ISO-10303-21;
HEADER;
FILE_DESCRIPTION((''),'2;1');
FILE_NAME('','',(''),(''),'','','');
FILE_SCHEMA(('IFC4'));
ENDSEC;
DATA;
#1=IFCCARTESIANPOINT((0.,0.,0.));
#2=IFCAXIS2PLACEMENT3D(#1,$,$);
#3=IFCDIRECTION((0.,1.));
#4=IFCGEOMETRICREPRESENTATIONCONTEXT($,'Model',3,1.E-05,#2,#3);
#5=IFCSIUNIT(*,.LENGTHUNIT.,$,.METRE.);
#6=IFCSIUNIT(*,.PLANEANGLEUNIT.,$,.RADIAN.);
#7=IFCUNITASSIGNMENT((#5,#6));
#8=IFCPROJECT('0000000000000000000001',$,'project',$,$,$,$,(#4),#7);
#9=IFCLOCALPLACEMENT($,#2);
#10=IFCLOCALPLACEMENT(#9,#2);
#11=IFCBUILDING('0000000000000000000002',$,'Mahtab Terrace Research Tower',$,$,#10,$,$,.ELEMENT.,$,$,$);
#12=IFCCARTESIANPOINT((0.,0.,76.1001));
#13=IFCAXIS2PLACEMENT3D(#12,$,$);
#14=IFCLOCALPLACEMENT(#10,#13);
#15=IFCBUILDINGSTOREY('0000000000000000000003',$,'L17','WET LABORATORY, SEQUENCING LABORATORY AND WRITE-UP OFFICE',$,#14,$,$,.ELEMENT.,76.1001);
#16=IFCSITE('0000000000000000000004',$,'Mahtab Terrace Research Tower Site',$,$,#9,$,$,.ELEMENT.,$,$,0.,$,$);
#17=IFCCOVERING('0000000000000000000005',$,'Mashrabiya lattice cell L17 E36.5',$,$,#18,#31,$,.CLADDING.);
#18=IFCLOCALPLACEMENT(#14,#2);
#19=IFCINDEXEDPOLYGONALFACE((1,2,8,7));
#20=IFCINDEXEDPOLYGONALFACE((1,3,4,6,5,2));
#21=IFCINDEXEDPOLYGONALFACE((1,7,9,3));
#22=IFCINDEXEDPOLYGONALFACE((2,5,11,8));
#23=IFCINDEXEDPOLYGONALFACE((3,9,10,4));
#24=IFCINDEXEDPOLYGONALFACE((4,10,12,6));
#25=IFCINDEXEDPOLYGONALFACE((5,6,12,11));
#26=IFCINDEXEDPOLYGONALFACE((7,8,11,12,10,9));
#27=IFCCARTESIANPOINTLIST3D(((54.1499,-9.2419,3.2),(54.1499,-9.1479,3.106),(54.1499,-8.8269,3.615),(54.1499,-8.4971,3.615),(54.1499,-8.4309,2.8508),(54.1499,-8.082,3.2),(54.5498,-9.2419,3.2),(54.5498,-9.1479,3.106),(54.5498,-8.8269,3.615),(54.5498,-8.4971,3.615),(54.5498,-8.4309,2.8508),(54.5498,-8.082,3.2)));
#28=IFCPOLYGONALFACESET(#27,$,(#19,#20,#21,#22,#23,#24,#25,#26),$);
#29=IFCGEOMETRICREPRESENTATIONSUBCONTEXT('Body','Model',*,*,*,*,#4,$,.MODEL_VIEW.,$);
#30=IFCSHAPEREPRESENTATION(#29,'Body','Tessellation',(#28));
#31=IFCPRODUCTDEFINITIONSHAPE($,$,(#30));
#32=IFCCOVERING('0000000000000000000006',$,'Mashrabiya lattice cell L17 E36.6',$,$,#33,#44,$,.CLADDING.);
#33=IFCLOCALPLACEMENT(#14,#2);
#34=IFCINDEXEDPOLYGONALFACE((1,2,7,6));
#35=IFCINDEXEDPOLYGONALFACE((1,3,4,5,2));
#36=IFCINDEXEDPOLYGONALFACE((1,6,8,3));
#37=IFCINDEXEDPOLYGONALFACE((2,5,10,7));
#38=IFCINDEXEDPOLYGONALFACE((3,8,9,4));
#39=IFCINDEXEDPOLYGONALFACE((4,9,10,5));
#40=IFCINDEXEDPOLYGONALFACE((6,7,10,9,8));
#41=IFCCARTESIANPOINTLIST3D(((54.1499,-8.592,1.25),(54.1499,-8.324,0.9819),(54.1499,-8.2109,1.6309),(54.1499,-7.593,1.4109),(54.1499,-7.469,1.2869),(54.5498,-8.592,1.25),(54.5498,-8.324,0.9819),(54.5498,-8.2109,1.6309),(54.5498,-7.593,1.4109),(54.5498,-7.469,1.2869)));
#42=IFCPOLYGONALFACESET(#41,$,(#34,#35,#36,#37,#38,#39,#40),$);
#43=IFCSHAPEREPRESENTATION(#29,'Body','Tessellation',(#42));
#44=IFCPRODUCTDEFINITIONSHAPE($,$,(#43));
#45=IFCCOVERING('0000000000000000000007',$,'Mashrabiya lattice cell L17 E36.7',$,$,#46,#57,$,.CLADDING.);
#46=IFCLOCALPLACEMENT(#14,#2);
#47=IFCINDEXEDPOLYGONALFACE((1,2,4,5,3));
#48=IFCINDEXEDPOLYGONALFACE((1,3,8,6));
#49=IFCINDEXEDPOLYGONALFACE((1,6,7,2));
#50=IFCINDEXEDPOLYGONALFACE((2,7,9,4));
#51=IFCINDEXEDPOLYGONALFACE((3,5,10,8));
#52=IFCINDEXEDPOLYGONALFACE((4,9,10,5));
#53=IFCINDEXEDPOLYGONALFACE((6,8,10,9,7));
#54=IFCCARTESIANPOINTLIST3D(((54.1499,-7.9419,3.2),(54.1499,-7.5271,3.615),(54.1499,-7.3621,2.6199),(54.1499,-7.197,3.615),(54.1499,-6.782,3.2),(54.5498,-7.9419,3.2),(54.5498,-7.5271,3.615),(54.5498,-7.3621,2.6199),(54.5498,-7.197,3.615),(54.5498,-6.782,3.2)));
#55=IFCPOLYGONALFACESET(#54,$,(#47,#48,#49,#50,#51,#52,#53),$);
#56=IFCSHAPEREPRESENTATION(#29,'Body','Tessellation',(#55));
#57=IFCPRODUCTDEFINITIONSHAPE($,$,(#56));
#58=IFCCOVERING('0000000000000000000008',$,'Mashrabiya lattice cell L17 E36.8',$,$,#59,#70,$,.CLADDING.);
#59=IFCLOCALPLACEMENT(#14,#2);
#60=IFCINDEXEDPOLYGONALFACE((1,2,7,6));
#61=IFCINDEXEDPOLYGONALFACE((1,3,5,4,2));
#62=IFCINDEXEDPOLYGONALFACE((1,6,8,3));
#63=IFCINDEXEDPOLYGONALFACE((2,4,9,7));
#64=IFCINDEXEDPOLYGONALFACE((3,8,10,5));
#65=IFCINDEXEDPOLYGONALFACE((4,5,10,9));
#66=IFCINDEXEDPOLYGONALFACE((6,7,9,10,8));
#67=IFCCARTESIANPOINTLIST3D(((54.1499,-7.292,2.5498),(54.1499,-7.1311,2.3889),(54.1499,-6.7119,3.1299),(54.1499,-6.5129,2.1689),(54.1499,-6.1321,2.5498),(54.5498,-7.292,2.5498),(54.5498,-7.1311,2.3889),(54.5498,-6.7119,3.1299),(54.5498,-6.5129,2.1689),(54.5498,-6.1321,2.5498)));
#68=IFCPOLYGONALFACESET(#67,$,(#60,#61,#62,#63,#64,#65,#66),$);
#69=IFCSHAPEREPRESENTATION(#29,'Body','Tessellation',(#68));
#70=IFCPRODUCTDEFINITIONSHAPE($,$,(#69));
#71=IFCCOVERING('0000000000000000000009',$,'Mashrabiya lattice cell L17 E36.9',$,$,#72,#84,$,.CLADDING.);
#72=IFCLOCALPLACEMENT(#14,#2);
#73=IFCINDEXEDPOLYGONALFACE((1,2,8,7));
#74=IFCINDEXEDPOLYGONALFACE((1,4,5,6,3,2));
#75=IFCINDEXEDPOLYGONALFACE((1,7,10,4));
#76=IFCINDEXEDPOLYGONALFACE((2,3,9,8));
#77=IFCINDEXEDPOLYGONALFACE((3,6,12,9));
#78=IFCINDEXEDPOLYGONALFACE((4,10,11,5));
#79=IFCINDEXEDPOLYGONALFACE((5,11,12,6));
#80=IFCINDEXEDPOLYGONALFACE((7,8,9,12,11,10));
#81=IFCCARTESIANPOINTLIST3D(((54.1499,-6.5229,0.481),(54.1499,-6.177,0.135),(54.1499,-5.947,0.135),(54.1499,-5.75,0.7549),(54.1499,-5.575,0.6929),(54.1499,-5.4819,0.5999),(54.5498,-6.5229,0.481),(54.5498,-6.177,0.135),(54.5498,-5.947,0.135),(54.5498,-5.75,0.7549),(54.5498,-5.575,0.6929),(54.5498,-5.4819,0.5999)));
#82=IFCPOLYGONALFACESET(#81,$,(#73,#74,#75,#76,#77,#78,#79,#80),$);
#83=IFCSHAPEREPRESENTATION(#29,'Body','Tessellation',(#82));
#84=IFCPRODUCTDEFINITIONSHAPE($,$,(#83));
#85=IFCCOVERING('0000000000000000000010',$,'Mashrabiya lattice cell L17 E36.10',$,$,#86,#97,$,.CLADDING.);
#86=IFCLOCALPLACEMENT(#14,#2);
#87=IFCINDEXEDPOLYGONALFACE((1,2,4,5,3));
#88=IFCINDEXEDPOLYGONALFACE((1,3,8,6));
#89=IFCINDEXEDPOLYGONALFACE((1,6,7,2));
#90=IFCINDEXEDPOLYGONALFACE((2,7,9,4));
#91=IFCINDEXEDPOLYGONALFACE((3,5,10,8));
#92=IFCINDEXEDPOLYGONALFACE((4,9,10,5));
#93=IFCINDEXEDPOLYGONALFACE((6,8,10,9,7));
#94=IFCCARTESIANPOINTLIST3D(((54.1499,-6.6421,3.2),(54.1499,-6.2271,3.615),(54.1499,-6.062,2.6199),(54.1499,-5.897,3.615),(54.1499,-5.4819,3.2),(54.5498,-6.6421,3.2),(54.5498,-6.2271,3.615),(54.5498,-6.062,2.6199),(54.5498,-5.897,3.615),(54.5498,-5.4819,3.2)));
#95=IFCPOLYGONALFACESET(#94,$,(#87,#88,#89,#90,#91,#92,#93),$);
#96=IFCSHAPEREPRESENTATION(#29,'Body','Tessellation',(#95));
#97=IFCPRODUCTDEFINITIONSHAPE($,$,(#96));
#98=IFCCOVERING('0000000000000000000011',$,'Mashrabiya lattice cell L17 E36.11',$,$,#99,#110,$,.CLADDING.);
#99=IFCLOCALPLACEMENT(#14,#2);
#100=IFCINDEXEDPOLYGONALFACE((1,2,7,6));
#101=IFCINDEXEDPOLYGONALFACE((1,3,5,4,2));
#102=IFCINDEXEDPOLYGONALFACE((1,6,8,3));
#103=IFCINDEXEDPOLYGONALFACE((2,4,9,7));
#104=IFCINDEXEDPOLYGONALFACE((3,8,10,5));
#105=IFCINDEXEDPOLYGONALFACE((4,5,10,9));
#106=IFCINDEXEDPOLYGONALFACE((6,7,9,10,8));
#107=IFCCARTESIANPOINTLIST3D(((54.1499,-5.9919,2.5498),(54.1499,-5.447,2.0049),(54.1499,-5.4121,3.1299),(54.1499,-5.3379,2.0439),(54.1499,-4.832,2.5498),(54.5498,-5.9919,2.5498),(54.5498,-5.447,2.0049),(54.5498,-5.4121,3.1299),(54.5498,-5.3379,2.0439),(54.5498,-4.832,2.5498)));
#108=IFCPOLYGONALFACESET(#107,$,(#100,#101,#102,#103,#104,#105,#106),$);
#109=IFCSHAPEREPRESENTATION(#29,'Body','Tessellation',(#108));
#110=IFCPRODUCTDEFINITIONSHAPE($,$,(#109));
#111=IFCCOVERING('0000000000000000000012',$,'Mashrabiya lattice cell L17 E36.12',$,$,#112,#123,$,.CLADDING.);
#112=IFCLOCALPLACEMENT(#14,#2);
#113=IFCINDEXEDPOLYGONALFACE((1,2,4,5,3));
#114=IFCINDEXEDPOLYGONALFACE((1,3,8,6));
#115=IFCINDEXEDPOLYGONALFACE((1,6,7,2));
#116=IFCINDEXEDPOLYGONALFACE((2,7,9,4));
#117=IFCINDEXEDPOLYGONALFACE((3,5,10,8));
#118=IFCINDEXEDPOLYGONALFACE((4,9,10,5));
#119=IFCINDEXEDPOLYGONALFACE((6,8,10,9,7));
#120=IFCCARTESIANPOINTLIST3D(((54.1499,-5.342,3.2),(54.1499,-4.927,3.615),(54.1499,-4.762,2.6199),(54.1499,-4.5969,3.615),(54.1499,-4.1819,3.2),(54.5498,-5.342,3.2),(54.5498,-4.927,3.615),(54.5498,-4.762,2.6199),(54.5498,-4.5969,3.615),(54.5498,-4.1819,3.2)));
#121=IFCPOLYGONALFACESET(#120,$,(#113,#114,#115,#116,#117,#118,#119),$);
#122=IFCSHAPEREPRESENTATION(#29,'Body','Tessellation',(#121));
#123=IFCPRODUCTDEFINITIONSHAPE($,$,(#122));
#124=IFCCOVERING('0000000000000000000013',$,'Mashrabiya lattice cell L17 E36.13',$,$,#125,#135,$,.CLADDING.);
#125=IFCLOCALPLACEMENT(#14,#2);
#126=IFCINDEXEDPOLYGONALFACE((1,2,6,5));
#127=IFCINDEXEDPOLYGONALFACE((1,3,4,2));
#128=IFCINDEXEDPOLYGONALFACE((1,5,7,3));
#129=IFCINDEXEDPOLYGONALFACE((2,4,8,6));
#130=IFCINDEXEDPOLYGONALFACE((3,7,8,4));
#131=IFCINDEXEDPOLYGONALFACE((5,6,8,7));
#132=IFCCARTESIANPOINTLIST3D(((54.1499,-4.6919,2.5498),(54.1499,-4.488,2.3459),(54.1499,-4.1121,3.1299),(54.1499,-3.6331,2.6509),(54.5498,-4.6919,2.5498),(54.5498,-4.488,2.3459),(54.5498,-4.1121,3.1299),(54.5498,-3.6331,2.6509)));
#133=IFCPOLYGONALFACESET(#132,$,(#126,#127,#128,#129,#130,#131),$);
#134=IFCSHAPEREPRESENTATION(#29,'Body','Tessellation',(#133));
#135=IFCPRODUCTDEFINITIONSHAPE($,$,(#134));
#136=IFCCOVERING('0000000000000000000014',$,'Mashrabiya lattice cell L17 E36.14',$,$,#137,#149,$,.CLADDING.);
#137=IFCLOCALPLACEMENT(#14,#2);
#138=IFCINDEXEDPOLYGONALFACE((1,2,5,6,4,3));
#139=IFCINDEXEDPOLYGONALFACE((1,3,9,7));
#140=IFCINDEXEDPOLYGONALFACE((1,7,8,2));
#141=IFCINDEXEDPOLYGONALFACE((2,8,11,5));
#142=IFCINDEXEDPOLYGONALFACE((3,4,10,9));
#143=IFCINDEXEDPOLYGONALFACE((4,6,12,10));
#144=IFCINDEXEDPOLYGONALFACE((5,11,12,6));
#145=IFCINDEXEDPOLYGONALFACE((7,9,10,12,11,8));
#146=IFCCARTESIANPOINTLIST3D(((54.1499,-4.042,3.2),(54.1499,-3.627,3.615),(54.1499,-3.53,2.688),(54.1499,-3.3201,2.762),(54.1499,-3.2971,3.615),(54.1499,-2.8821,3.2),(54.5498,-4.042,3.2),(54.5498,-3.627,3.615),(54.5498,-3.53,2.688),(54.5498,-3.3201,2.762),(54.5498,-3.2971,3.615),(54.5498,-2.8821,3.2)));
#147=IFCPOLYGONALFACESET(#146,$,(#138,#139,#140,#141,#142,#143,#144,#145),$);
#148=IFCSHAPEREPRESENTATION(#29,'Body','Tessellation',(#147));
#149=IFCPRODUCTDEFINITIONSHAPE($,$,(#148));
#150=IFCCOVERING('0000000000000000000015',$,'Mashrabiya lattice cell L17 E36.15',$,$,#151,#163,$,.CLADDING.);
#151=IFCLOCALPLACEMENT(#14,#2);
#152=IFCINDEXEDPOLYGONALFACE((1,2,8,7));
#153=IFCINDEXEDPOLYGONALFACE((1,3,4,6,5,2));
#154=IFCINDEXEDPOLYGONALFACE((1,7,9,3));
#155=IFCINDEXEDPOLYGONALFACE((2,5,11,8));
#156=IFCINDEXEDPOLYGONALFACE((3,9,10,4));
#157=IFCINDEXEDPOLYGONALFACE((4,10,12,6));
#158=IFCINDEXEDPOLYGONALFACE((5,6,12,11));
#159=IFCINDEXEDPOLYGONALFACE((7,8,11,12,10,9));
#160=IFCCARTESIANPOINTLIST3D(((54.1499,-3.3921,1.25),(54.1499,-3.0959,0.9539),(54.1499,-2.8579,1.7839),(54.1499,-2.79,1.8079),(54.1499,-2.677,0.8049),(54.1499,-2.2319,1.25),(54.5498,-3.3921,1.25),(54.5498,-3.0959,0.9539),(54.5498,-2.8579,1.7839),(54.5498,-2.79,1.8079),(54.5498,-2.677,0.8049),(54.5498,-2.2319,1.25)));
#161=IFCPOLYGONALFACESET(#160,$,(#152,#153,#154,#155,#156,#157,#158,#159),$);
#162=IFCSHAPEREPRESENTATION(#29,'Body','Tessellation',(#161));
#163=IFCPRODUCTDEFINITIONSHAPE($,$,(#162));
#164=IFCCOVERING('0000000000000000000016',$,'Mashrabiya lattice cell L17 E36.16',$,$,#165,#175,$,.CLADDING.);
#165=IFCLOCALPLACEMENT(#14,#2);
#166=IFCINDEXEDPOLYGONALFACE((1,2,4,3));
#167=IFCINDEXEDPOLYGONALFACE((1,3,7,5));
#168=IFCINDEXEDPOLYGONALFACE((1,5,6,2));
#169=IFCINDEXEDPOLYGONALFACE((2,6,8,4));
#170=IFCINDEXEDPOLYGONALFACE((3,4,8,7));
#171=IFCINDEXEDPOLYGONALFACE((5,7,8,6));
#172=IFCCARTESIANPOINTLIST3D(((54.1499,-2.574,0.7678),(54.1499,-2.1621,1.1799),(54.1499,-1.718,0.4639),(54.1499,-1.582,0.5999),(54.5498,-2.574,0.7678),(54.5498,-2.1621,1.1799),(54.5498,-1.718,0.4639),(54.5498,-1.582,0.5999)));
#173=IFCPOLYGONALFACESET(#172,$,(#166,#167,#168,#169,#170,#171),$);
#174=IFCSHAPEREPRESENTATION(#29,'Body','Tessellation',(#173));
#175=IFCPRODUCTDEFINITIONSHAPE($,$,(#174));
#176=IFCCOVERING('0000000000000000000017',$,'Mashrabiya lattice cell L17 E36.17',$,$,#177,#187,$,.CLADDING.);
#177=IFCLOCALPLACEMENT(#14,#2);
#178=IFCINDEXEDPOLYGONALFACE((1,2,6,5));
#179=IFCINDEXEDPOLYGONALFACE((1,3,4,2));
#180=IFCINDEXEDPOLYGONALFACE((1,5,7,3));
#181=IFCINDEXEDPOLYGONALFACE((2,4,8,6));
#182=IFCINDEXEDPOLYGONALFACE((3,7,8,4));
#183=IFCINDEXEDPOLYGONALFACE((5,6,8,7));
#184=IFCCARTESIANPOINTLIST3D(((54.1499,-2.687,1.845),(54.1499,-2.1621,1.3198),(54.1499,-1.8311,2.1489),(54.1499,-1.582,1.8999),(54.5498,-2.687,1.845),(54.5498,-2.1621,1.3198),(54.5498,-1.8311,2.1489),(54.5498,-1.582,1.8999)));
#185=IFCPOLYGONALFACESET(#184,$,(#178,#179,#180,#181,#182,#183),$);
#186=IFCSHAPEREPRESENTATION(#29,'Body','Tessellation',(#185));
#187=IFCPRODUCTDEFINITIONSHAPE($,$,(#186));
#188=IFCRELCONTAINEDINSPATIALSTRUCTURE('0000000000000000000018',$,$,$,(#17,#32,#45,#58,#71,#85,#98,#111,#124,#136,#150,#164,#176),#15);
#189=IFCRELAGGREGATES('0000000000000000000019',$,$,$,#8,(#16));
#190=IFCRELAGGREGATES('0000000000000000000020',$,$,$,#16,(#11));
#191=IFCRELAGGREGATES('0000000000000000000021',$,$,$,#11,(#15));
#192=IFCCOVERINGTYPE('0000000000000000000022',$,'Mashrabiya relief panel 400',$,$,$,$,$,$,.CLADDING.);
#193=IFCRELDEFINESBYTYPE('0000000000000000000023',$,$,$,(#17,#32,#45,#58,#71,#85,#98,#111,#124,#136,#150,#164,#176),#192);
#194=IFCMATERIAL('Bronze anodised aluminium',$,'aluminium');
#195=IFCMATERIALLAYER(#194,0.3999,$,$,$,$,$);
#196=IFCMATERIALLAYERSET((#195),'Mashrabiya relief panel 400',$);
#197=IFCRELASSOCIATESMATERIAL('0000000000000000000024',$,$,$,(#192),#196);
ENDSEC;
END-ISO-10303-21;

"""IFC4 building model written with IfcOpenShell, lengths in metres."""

from ifc_helpers import new_model, si_unit, direction, frame, origin, place, context, subcontext, project, spatial, polyline, outline, extrude, material, layer, layer_set, type_object, element, save


model = new_model("IFC4")

# Units and contexts
model_context = context("Model", 3, precision=1e-05, world=origin(), true_north=direction((0.0, 1.0)))
body_context = subcontext(model_context, "Body", "Model", "MODEL_VIEW")
ifc_project = project(units=[si_unit("LENGTHUNIT", "METRE"), si_unit("PLANEANGLEUNIT", "RADIAN")], contexts=[model_context])

# Site, building, storey
site_placement = place(None, origin())
site = spatial("IfcSite", under=ifc_project, at=site_placement, Name="Mahtab Terrace Research Tower Site", CompositionType="ELEMENT", RefElevation=0.0)
building_placement = place(site_placement, origin())
building = spatial("IfcBuilding", under=site, at=building_placement, Name="Mahtab Terrace Research Tower", CompositionType="ELEMENT")
storey_placement = place(building_placement, frame((0.0, 0.0, 76.1001)))
storey = spatial("IfcBuildingStorey", under=building, at=storey_placement, Name="L17", Description="WET LABORATORY, SEQUENCING LABORATORY AND WRITE-UP OFFICE", CompositionType="ELEMENT", Elevation=76.1001)

# Coverings
ifc_material_1 = material(Name="Bronze anodised aluminium", Category="aluminium")
ifc_layer_1 = layer(ifc_material_1, 0.3999)
ifc_layer_set_1 = layer_set([ifc_layer_1], Name="Mashrabiya relief panel 400")
covering_type = type_object("IfcCoveringType", Name="Mashrabiya relief panel 400", PredefinedType="CLADDING", material=ifc_layer_set_1)
covering_1_placement = place(storey_placement, frame((54.1499, -9.2419, 3.2), z_axis=(-1.0, 0.0, 0.0), x_axis=(0.0, 0.707107, 0.707107)))
element("IfcCovering", 1, at=covering_1_placement, inside=storey, type_object=covering_type, Name="Mashrabiya lattice cell L17 E36.5", PredefinedType="CLADDING", context=body_context, shape_type="SweptSolid", body=[
    extrude(outline(polyline([(0.0, 0.0), (0.587, 0.0), (0.8202, 0.2332), (0.8202, 0.8202), (0.3266, 0.8204), (0.0, 0.1329), (0.0, 0.0)])), origin(), (0.0, 0.0, -1.0), 0.3999),
])
covering_2_placement = place(storey_placement, frame((54.1499, -8.592, 1.25), z_axis=(-1.0, 0.0, 0.0), x_axis=(0.0, 0.707333, 0.70688)))
element("IfcCovering", 2, at=covering_2_placement, inside=storey, type_object=covering_type, Name="Mashrabiya lattice cell L17 E36.6", PredefinedType="CLADDING", context=body_context, shape_type="SweptSolid", body=[
    extrude(outline(polyline([(0.0, 0.0), (0.5388, 0.0), (0.8204, 0.5924), (0.8204, 0.7678), (0.0001, 0.3791), (0.0, 0.0)])), origin(), (0.0, 0.0, -1.0), 0.3999),
])
covering_3_placement = place(storey_placement, frame((54.1499, -6.782, 3.2), z_axis=(-1.0, 0.0, 0.0), x_axis=(0.0, -0.707107, -0.707107)))
element("IfcCovering", 3, at=covering_3_placement, inside=storey, type_object=covering_type, Name="Mashrabiya lattice cell L17 E36.7", PredefinedType="CLADDING", context=body_context, shape_type="SweptSolid", body=[
    extrude(outline(polyline([(0.0, 0.0), (0.8204, 0.0), (0.8202, 0.8202), (0.2334, 0.8204), (0.0, 0.587), (0.0, 0.0)])), origin(), (0.0, 0.0, -1.0), 0.3999),
])
covering_4_placement = place(storey_placement, frame((54.1499, -7.292, 2.5498), z_axis=(-1.0, 0.0, 0.0), x_axis=(0.0, 0.707107, 0.707107)))
element("IfcCovering", 4, at=covering_4_placement, inside=storey, type_object=covering_type, Name="Mashrabiya lattice cell L17 E36.8", PredefinedType="CLADDING", context=body_context, shape_type="SweptSolid", body=[
    extrude(outline(polyline([(0.0, 0.0), (0.8204, 0.0), (0.8202, 0.8202), (0.2816, 0.8202), (0.0, 0.2275), (0.0, 0.0)])), origin(), (0.0, 0.0, -1.0), 0.3999),
])
covering_5_placement = place(storey_placement, frame((54.1499, -6.5229, 0.481), z_axis=(-1.0, 0.0, 0.0), x_axis=(0.0, 0.942561, 0.334035)))
element("IfcCovering", 5, at=covering_5_placement, inside=storey, type_object=covering_type, Name="Mashrabiya lattice cell L17 E36.9", PredefinedType="CLADDING", context=body_context, shape_type="SweptSolid", body=[
    extrude(outline(polyline([(0.0, 0.0), (0.8201, 0.0), (0.9643, 0.1169), (1.0209, 0.2357), (0.4273, 0.5185), (0.2105, 0.4416), (0.0, 0.0)])), origin(), (0.0, 0.0, -1.0), 0.3999),
])
covering_6_placement = place(storey_placement, frame((54.1499, -5.4819, 3.2), z_axis=(-1.0, 0.0, 0.0), x_axis=(0.0, -0.707107, -0.707107)))
element("IfcCovering", 6, at=covering_6_placement, inside=storey, type_object=covering_type, Name="Mashrabiya lattice cell L17 E36.10", PredefinedType="CLADDING", context=body_context, shape_type="SweptSolid", body=[
    extrude(outline(polyline([(0.0, 0.0), (0.8204, 0.0), (0.8204, 0.8204), (0.2334, 0.8204), (0.0, 0.587), (0.0, 0.0)])), origin(), (0.0, 0.0, -1.0), 0.3999),
])
covering_7_placement = place(storey_placement, frame((54.1499, -5.9919, 2.5498), z_axis=(-1.0, 0.0, 0.0), x_axis=(0.0, 0.706958, 0.707256)))
element("IfcCovering", 7, at=covering_7_placement, inside=storey, type_object=covering_type, Name="Mashrabiya lattice cell L17 E36.11", PredefinedType="CLADDING", context=body_context, shape_type="SweptSolid", body=[
    extrude(outline(polyline([(0.0, 0.0), (0.8202, 0.0), (0.82, 0.8204), (0.1046, 0.8202), (-0.0002, 0.7706), (0.0, 0.0)])), origin(), (0.0, 0.0, -1.0), 0.3999),
])
covering_8_placement = place(storey_placement, frame((54.1499, -4.1819, 3.2), z_axis=(-1.0, 0.0, 0.0), x_axis=(0.0, -0.707107, -0.707107)))
element("IfcCovering", 8, at=covering_8_placement, inside=storey, type_object=covering_type, Name="Mashrabiya lattice cell L17 E36.12", PredefinedType="CLADDING", context=body_context, shape_type="SweptSolid", body=[
    extrude(outline(polyline([(0.0, 0.0), (0.8204, 0.0), (0.8204, 0.8204), (0.2334, 0.8204), (0.0, 0.587), (0.0, 0.0)])), origin(), (0.0, 0.0, -1.0), 0.3999),
])
covering_9_placement = place(storey_placement, frame((54.1499, -4.6919, 2.5498), z_axis=(-1.0, 0.0, 0.0), x_axis=(0.0, 0.706958, 0.707256)))
element("IfcCovering", 9, at=covering_9_placement, inside=storey, type_object=covering_type, Name="Mashrabiya lattice cell L17 E36.13", PredefinedType="CLADDING", context=body_context, shape_type="SweptSolid", body=[
    extrude(outline(polyline([(0.0, 0.0), (0.8202, 0.0), (0.82, 0.6774), (-0.0001, 0.2883), (0.0, 0.0)])), origin(), (0.0, 0.0, -1.0), 0.3999),
])
covering_10_placement = place(storey_placement, frame((54.1499, -4.042, 3.2), z_axis=(-1.0, 0.0, 0.0), x_axis=(0.0, 0.707107, 0.707107)))
element("IfcCovering", 10, at=covering_10_placement, inside=storey, type_object=covering_type, Name="Mashrabiya lattice cell L17 E36.14", PredefinedType="CLADDING", context=body_context, shape_type="SweptSolid", body=[
    extrude(outline(polyline([(0.0, 0.0), (0.587, 0.0), (0.8202, 0.2332), (0.8202, 0.8202), (0.2008, 0.8202), (0.0, 0.724), (0.0, 0.0)])), origin(), (0.0, 0.0, -1.0), 0.3999),
])
covering_11_placement = place(storey_placement, frame((54.1499, -3.3921, 1.25), z_axis=(-1.0, 0.0, 0.0), x_axis=(0.0, 0.707268, 0.706945)))
element("IfcCovering", 11, at=covering_11_placement, inside=storey, type_object=covering_type, Name="Mashrabiya lattice cell L17 E36.15", PredefinedType="CLADDING", context=body_context, shape_type="SweptSolid", body=[
    extrude(outline(polyline([(0.0, 0.0), (0.7553, 0.0), (0.8202, 0.0311), (0.8205, 0.8202), (0.1911, 0.8203), (0.0001, 0.4188), (0.0, 0.0)])), origin(), (0.0, 0.0, -1.0), 0.3999),
])
covering_12_placement = place(storey_placement, frame((54.1499, -2.1621, 1.1799), z_axis=(-1.0, 0.0, 0.0), x_axis=(0.0, 0.707107, -0.707107)))
element("IfcCovering", 12, at=covering_12_placement, inside=storey, type_object=covering_type, Name="Mashrabiya lattice cell L17 E36.16", PredefinedType="CLADDING", context=body_context, shape_type="SweptSolid", body=[
    extrude(outline(polyline([(0.0, 0.0), (0.8204, 0.0), (0.8204, 0.1923), (0.0002, 0.5826), (0.0, 0.0)])), origin(), (0.0, 0.0, -1.0), 0.3999),
])
covering_13_placement = place(storey_placement, frame((54.1499, -1.582, 1.8999), z_axis=(-1.0, 0.0, 0.0), x_axis=(0.0, -0.707107, -0.707107)))
element("IfcCovering", 13, at=covering_13_placement, inside=storey, type_object=covering_type, Name="Mashrabiya lattice cell L17 E36.17", PredefinedType="CLADDING", context=body_context, shape_type="SweptSolid", body=[
    extrude(outline(polyline([(0.0, 0.0), (0.8204, 0.0), (0.8202, 0.7425), (0.0, 0.3522), (0.0, 0.0)])), origin(), (0.0, 0.0, -1.0), 0.3999),
])

save(model, "model.ifc")
